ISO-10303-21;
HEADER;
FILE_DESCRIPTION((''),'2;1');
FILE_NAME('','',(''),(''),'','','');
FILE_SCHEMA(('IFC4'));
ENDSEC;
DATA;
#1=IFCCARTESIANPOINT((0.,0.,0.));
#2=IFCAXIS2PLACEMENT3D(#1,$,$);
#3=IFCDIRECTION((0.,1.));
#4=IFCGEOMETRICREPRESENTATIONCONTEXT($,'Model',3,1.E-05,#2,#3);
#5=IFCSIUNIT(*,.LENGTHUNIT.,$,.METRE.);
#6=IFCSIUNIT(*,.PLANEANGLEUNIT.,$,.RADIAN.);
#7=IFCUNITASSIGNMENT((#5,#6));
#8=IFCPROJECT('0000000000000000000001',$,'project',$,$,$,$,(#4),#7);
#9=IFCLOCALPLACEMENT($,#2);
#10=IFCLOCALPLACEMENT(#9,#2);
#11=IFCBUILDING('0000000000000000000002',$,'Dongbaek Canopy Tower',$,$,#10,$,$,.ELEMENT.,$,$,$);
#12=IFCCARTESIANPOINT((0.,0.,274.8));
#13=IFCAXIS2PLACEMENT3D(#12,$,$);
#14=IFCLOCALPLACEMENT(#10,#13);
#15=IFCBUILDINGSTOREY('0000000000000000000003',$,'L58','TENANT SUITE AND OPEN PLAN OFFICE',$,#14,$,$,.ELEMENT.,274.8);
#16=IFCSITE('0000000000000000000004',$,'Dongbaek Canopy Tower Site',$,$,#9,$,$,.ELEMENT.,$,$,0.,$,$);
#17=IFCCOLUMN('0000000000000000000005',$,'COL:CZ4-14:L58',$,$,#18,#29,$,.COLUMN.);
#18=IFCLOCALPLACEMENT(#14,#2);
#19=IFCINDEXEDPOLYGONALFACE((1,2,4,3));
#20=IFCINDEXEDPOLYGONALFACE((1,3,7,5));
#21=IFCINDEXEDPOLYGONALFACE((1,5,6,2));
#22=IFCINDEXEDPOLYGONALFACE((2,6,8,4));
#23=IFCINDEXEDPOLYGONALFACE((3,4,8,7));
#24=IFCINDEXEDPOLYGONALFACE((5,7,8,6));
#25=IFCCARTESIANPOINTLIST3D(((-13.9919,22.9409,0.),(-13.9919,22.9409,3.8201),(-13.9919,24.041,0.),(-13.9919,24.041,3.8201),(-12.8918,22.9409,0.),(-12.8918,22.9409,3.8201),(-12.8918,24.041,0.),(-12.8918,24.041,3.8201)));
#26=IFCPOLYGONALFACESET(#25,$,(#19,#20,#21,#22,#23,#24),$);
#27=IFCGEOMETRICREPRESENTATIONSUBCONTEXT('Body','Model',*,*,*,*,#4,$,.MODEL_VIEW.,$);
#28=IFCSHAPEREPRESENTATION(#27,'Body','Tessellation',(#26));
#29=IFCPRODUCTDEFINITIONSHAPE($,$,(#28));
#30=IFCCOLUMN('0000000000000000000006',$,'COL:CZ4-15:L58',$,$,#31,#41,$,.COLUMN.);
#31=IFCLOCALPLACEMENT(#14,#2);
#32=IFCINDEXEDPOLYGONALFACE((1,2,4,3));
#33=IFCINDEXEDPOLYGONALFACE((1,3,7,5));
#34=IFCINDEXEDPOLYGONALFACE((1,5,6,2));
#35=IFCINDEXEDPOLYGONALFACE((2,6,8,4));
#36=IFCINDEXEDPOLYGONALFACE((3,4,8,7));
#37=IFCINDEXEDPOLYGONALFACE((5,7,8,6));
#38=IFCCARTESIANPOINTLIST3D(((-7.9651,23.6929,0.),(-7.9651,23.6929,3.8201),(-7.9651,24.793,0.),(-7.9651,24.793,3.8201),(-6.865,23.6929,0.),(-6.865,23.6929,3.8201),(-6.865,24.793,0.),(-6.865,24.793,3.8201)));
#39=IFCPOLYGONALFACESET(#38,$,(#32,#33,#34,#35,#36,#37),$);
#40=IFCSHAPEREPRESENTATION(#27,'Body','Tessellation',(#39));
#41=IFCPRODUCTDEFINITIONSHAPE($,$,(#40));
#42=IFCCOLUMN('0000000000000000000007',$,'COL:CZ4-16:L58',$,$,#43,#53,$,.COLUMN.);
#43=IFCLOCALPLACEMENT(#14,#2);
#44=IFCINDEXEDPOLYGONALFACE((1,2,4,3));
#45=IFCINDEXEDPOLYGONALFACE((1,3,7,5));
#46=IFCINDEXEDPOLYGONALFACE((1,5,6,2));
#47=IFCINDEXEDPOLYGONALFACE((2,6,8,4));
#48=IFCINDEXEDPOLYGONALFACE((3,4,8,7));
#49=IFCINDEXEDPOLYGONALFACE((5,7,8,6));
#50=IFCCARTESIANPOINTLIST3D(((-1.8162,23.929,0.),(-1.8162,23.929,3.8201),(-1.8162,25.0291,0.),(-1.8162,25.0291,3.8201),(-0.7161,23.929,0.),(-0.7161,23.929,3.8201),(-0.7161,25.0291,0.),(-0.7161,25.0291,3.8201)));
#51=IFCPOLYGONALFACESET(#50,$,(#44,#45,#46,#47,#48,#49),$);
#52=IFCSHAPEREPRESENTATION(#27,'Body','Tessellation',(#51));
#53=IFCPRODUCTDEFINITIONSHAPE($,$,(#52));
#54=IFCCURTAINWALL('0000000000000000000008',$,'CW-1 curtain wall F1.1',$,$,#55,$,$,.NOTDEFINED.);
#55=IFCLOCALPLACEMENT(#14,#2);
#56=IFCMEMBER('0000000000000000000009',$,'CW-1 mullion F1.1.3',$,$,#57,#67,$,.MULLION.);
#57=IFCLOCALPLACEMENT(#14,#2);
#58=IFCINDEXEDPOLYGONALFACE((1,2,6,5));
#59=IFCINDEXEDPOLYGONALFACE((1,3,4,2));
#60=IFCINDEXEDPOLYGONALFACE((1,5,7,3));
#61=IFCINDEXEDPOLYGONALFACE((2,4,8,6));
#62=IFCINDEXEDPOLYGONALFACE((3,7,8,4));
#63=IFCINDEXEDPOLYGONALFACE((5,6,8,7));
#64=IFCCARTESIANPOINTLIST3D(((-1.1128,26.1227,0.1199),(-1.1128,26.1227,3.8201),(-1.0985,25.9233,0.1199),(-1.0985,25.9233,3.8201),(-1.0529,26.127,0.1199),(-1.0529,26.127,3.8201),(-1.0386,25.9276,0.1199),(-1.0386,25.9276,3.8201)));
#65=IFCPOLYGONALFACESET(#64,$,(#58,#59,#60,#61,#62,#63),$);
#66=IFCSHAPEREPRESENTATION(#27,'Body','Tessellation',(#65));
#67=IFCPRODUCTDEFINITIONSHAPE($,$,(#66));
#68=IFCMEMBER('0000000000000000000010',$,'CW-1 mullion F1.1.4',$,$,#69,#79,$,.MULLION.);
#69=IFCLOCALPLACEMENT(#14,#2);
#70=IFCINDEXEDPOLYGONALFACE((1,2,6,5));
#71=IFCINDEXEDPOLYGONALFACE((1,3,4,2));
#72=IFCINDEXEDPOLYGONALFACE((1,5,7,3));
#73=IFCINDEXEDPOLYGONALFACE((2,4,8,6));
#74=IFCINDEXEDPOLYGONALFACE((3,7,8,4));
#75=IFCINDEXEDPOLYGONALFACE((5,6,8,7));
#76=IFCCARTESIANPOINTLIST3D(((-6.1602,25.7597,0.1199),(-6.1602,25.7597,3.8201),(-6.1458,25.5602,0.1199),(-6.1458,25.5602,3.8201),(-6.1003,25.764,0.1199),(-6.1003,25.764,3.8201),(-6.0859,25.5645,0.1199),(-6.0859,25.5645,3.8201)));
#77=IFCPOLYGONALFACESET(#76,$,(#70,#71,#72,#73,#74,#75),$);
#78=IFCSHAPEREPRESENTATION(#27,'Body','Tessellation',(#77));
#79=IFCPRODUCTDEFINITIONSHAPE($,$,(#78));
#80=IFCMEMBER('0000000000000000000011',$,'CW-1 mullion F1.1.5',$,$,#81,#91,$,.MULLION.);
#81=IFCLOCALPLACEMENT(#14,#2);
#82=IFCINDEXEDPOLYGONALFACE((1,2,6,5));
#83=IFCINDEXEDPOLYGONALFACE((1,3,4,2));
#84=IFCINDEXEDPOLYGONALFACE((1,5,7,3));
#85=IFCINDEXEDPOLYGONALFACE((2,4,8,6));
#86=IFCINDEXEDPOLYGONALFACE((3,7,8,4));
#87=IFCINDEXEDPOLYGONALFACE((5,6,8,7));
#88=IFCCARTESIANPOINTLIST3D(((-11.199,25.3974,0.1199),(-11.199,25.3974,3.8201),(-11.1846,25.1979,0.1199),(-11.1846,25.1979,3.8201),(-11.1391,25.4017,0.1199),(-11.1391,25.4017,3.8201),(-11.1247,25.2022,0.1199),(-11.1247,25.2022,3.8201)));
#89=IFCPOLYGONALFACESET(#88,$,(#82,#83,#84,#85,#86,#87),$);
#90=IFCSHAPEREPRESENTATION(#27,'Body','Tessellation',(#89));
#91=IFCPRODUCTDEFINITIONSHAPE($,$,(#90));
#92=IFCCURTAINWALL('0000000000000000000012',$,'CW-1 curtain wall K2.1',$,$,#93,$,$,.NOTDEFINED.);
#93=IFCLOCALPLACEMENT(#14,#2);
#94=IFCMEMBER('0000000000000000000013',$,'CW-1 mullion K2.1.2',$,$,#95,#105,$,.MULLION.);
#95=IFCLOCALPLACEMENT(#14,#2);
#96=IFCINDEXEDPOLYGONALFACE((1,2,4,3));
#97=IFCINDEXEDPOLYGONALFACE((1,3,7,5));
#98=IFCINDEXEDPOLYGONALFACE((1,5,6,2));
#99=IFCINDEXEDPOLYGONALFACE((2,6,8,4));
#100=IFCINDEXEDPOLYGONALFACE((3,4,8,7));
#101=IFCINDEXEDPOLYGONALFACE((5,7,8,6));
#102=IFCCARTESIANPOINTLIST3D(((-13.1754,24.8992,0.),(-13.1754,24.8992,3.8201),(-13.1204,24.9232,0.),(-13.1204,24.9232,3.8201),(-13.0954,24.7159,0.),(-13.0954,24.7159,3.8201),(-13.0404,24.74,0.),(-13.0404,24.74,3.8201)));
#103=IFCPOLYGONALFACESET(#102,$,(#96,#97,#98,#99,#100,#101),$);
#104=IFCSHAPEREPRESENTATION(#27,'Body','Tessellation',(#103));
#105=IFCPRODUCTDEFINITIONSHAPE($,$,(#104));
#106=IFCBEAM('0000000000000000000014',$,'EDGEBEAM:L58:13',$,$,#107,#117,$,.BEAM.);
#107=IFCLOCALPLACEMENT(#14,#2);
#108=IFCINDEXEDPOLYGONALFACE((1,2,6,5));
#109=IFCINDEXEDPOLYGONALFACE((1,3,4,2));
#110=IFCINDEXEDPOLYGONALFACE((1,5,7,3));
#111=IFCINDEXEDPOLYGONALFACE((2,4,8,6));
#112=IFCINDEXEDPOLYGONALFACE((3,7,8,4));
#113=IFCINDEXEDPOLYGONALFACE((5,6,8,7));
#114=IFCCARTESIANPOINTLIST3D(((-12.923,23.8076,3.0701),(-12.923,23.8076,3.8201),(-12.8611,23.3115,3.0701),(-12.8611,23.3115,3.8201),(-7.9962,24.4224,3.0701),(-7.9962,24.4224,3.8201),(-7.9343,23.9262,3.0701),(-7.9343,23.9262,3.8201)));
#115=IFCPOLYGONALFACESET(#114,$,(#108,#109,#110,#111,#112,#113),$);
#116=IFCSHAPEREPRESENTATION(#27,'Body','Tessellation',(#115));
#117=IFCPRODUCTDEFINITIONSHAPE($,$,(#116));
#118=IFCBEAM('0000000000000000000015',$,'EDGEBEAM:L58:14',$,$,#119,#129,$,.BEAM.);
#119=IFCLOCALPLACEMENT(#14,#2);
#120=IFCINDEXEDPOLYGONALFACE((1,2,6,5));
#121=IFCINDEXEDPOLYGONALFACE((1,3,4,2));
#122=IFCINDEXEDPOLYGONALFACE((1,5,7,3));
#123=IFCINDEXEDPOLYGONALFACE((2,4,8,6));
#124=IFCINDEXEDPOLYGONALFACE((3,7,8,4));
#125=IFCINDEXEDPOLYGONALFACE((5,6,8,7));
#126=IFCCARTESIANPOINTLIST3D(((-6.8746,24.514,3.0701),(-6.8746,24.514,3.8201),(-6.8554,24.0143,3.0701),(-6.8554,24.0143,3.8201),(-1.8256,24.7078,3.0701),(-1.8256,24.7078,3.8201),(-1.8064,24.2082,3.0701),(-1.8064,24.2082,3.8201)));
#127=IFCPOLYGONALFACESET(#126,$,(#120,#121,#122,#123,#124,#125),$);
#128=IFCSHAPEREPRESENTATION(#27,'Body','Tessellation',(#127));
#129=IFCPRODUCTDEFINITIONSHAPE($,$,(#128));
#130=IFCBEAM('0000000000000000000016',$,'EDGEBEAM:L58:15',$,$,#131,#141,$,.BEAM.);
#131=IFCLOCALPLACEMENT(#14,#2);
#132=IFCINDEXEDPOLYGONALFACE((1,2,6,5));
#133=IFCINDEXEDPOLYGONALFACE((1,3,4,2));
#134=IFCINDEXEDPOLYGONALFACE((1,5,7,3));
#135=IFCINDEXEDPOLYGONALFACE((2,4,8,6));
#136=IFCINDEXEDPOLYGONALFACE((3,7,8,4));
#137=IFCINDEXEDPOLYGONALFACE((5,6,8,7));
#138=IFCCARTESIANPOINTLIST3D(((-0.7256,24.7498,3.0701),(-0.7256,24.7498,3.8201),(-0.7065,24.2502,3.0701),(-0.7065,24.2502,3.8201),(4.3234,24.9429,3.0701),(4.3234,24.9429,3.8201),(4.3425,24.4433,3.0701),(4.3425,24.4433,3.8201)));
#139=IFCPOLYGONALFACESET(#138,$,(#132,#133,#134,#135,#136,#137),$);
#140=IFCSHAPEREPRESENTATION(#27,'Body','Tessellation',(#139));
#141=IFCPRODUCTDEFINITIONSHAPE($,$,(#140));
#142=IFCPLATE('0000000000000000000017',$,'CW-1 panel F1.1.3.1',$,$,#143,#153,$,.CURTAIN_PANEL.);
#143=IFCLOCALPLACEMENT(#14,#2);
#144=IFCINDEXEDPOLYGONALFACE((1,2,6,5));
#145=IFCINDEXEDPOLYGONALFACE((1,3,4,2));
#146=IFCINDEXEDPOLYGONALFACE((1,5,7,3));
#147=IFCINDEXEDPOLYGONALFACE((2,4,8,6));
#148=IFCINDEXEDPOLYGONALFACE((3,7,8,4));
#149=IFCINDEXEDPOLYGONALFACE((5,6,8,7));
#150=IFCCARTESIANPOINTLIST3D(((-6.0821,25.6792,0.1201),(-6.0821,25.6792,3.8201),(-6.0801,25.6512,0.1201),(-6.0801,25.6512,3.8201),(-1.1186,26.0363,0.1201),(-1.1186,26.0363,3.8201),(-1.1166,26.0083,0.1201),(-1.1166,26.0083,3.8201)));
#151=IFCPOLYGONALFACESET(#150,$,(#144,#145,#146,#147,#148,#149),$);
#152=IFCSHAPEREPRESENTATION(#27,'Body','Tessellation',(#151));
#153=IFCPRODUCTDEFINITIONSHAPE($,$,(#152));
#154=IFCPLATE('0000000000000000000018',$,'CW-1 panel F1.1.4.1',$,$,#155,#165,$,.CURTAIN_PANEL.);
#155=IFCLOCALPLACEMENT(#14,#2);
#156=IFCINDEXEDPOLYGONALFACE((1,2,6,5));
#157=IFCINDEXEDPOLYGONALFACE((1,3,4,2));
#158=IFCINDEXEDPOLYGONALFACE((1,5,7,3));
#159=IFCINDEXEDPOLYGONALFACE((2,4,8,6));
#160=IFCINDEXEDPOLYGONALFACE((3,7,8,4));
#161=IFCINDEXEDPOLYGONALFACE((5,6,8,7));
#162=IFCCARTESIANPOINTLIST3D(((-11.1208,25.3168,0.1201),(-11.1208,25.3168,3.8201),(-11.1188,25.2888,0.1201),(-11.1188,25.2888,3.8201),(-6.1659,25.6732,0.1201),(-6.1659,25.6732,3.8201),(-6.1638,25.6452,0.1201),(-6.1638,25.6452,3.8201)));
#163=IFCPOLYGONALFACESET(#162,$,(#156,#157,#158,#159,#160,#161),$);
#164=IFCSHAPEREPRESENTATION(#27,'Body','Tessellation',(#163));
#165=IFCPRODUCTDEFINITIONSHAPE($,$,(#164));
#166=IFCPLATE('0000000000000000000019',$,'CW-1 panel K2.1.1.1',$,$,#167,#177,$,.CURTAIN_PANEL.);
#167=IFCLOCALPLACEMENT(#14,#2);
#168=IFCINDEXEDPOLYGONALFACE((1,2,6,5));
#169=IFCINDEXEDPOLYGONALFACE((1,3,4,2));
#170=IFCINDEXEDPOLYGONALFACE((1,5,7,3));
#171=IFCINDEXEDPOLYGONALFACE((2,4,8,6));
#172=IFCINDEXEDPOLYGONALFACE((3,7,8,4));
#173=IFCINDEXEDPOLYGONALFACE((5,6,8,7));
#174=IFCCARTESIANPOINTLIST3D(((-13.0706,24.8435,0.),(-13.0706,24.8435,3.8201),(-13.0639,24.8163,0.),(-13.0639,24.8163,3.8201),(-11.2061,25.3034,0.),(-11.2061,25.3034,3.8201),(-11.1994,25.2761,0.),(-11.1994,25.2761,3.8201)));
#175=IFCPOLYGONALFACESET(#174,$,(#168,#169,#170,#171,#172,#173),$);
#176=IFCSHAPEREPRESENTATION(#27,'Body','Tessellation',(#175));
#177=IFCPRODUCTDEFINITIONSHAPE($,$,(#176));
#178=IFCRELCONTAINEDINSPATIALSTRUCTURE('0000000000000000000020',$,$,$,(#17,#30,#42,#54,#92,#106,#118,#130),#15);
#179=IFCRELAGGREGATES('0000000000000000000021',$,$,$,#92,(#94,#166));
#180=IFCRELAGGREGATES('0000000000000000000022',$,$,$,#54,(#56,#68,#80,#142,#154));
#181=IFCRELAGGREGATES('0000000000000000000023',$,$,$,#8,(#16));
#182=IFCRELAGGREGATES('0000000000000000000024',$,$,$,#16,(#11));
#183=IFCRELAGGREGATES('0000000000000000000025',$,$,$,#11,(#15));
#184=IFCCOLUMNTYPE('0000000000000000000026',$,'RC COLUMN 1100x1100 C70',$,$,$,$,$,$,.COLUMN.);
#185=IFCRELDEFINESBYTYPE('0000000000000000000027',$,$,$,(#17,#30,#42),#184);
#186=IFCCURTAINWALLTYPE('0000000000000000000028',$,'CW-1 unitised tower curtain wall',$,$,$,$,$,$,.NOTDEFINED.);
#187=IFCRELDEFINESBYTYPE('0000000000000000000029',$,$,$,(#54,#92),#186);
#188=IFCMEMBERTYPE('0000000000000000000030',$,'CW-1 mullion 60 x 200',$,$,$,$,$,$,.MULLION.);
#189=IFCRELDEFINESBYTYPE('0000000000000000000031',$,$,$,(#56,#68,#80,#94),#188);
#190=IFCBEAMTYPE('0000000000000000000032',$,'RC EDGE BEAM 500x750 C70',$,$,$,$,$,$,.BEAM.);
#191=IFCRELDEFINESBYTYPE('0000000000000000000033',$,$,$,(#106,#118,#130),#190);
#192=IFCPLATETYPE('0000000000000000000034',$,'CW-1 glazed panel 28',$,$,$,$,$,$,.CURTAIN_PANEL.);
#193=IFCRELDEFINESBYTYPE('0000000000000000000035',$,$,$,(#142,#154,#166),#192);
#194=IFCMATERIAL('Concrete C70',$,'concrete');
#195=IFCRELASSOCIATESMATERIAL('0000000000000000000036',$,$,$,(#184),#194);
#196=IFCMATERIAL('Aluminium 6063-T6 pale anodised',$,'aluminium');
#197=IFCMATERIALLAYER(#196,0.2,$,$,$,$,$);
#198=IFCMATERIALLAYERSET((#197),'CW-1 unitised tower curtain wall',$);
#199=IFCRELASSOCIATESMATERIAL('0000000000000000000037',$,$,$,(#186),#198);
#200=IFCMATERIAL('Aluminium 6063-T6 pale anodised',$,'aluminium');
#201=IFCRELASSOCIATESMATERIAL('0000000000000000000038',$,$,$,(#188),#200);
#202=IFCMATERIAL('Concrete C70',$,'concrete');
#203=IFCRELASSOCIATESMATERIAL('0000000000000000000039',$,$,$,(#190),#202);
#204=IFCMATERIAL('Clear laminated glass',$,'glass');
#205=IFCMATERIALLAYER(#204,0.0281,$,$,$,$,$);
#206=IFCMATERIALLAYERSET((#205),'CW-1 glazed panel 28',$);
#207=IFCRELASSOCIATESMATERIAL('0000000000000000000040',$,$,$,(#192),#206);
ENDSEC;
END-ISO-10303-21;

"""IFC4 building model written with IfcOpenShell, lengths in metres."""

from ifc_helpers import new_model, si_unit, direction, frame, origin, origin_2d, place, context, subcontext, project, spatial, rectangle, extrude, material, layer, layer_set, material_profile, profile_set, type_object, element, aggregate, save


model = new_model("IFC4")

# Units and contexts
model_context = context("Model", 3, precision=1e-05, world=origin(), true_north=direction((0.0, 1.0)))
body_context = subcontext(model_context, "Body", "Model", "MODEL_VIEW")
ifc_project = project(units=[si_unit("LENGTHUNIT", "METRE"), si_unit("PLANEANGLEUNIT", "RADIAN")], contexts=[model_context])

# Site, building, storey
site_placement = place(None, origin())
site = spatial("IfcSite", under=ifc_project, at=site_placement, Name="Dongbaek Canopy Tower Site", CompositionType="ELEMENT", RefElevation=0.0)
building_placement = place(site_placement, origin())
building = spatial("IfcBuilding", under=site, at=building_placement, Name="Dongbaek Canopy Tower", CompositionType="ELEMENT")
storey_placement = place(building_placement, frame((0.0, 0.0, 274.8)))
storey = spatial("IfcBuildingStorey", under=building, at=storey_placement, Name="L58", Description="TENANT SUITE AND OPEN PLAN OFFICE", CompositionType="ELEMENT", Elevation=274.8)

# Columns
ifc_material_1 = material(Name="Concrete C70", Category="concrete")
ifc_material_profile_1 = material_profile(ifc_material_1, rectangle(XDim=1.1001, YDim=1.1001, at=origin_2d()), Name="RC COLUMN 1100x1100 C70")
ifc_profile_set_1 = profile_set([ifc_material_profile_1], Name="Concrete C70")
column_type = type_object("IfcColumnType", Name="RC COLUMN 1100x1100 C70", PredefinedType="COLUMN", material=ifc_profile_set_1)
for number, where, z_axis, x_axis, name in (
    (1, (-13.4419, 23.491, 0.0), (0.0, 0.0, 1.0), (1.0, 0.0, 0.0), "COL:CZ4-14:L58"),
    (2, (-7.415, 24.2429, 0.0), (0.0, 0.0, 1.0), (1.0, 0.0, 0.0), "COL:CZ4-15:L58"),
    (3, (-1.2661, 24.479, 0.0), (0.0, 0.0, 1.0), (1.0, 0.0, 0.0), "COL:CZ4-16:L58"),
):
    element("IfcColumn", number, at=place(storey_placement, frame(where, z_axis=z_axis, x_axis=x_axis)), inside=storey, type_object=column_type, Name=name, PredefinedType="COLUMN", context=body_context, shape_type="SweptSolid", body=[
        extrude(rectangle(XDim=1.1001, YDim=1.1001, at=origin_2d()), origin(), (0.0, 0.0, 1.0), 3.8201),
    ])

# Curtain wall, members
ifc_material_2 = material(Name="Aluminium 6063-T6 pale anodised", Category="aluminium")
ifc_layer_1 = layer(ifc_material_2, 0.2)
ifc_layer_set_1 = layer_set([ifc_layer_1], Name="CW-1 unitised tower curtain wall")
curtain_wall_type = type_object("IfcCurtainWallType", Name="CW-1 unitised tower curtain wall", PredefinedType="NOTDEFINED", material=ifc_layer_set_1)
curtain_wall_1_placement = place(storey_placement, origin())
curtain_wall_1 = element("IfcCurtainWall", 4, at=curtain_wall_1_placement, inside=storey, type_object=curtain_wall_type, Name="CW-1 curtain wall F1.1", PredefinedType="NOTDEFINED")
ifc_material_3 = material(Name="Aluminium 6063-T6 pale anodised", Category="aluminium")
ifc_material_profile_2 = material_profile(ifc_material_3, rectangle(XDim=0.2, YDim=0.0601, at=origin_2d()), Name="CW-1 mullion 60 x 200")
ifc_profile_set_2 = profile_set([ifc_material_profile_2], Name="Aluminium 6063-T6 pale anodised")
member_type = type_object("IfcMemberType", Name="CW-1 mullion 60 x 200", PredefinedType="MULLION", material=ifc_profile_set_2)
member_1_placement = place(storey_placement, frame((-1.0757, 26.0251, 0.1199), z_axis=(0.0, 0.0, 1.0), x_axis=(-0.071744, 0.997423, 0.0)))
member_1 = element("IfcMember", 5, at=member_1_placement, type_object=member_type, Name="CW-1 mullion F1.1.3", PredefinedType="MULLION", context=body_context, shape_type="SweptSolid", body=[
    extrude(rectangle(XDim=0.2, YDim=0.0601, at=origin_2d()), origin(), (0.0, 0.0, 1.0), 3.7002),
])
member_2_placement = place(storey_placement, frame((-6.123, 25.6621, 0.1199), z_axis=(0.0, 0.0, 1.0), x_axis=(-0.071744, 0.997423, 0.0)))
member_2 = element("IfcMember", 6, at=member_2_placement, type_object=member_type, Name="CW-1 mullion F1.1.4", PredefinedType="MULLION", context=body_context, shape_type="SweptSolid", body=[
    extrude(rectangle(XDim=0.2, YDim=0.0601, at=origin_2d()), origin(), (0.0, 0.0, 1.0), 3.7002),
])
member_3_placement = place(storey_placement, frame((-11.1619, 25.2998, 0.1199), z_axis=(0.0, 0.0, 1.0), x_axis=(-0.071744, 0.997423, 0.0)))
member_3 = element("IfcMember", 7, at=member_3_placement, type_object=member_type, Name="CW-1 mullion F1.1.5", PredefinedType="MULLION", context=body_context, shape_type="SweptSolid", body=[
    extrude(rectangle(XDim=0.2, YDim=0.0601, at=origin_2d()), origin(), (0.0, 0.0, 1.0), 3.7002),
])

# Curtain wall, member
curtain_wall_2_placement = place(storey_placement, origin())
curtain_wall_2 = element("IfcCurtainWall", 8, at=curtain_wall_2_placement, inside=storey, type_object=curtain_wall_type, Name="CW-1 curtain wall K2.1", PredefinedType="NOTDEFINED")
member_4_placement = place(storey_placement, frame((-13.1079, 24.8196, 0.0), z_axis=(0.0, 0.0, 1.0), x_axis=(-0.400266, 0.916399, 0.0)))
member_4 = element("IfcMember", 9, at=member_4_placement, type_object=member_type, Name="CW-1 mullion K2.1.2", PredefinedType="MULLION", context=body_context, shape_type="SweptSolid", body=[
    extrude(rectangle(XDim=0.2, YDim=0.0601, at=origin_2d()), origin(), (0.0, 0.0, 1.0), 3.8201),
])

# Beams
ifc_material_4 = material(Name="Concrete C70", Category="concrete")
ifc_material_profile_3 = material_profile(ifc_material_4, rectangle(XDim=0.5, YDim=0.75, at=origin_2d()), Name="RC EDGE BEAM 500x750 C70")
ifc_profile_set_3 = profile_set([ifc_material_profile_3], Name="Concrete C70")
beam_type = type_object("IfcBeamType", Name="RC EDGE BEAM 500x750 C70", PredefinedType="BEAM", material=ifc_profile_set_3)
beam_placement = place(storey_placement, frame((-12.8921, 23.5596, 3.4451), z_axis=(0.992306, 0.123811, 0.0), x_axis=(-0.123811, 0.992306, 0.0)))
element("IfcBeam", 10, at=beam_placement, inside=storey, type_object=beam_type, Name="EDGEBEAM:L58:13", PredefinedType="BEAM", context=body_context, shape_type="SweptSolid", body=[
    extrude(rectangle(XDim=0.5, YDim=0.75, at=origin_2d()), origin(), (0.0, 0.0, 1.0), 4.9651),
])
for number, where, z_axis, x_axis, name in (
    (11, (-6.865, 24.2642, 3.4451), (0.999264, 0.038364, 0.0), (-0.038364, 0.999264, 0.0), "EDGEBEAM:L58:14"),
    (12, (-0.7161, 24.5, 3.4451), (0.999269, 0.03822, 0.0), (-0.03822, 0.999269, 0.0), "EDGEBEAM:L58:15"),
):
    element("IfcBeam", number, at=place(storey_placement, frame(where, z_axis=z_axis, x_axis=x_axis)), inside=storey, type_object=beam_type, Name=name, PredefinedType="BEAM", context=body_context, shape_type="SweptSolid", body=[
        extrude(rectangle(XDim=0.5, YDim=0.75, at=origin_2d()), origin(), (0.0, 0.0, 1.0), 5.0527),
    ])

# Plates
ifc_material_5 = material(Name="Clear laminated glass", Category="glass")
ifc_layer_2 = layer(ifc_material_5, 0.0281)
ifc_layer_set_2 = layer_set([ifc_layer_2], Name="CW-1 glazed panel 28")
plate_type = type_object("IfcPlateType", Name="CW-1 glazed panel 28", PredefinedType="CURTAIN_PANEL", material=ifc_layer_set_2)
plate_1_placement = place(storey_placement, frame((-3.5994, 25.8438, 0.1201), z_axis=(0.0, 0.0, 1.0), x_axis=(-0.997423, -0.071744, 0.0)))
plate_1 = element("IfcPlate", 13, at=plate_1_placement, type_object=plate_type, Name="CW-1 panel F1.1.3.1", PredefinedType="CURTAIN_PANEL", context=body_context, shape_type="SweptSolid", body=[
    extrude(rectangle(XDim=4.9763, YDim=0.0281, at=origin_2d()), origin(), (0.0, 0.0, 1.0), 3.7),
])
plate_2_placement = place(storey_placement, frame((-8.6423, 25.481, 0.1201), z_axis=(0.0, 0.0, 1.0), x_axis=(-0.997423, -0.071744, 0.0)))
plate_2 = element("IfcPlate", 14, at=plate_2_placement, type_object=plate_type, Name="CW-1 panel F1.1.4.1", PredefinedType="CURTAIN_PANEL", context=body_context, shape_type="SweptSolid", body=[
    extrude(rectangle(XDim=4.9678, YDim=0.0281, at=origin_2d()), origin(), (0.0, 0.0, 1.0), 3.7),
])
plate_3_placement = place(storey_placement, frame((-12.135, 25.0598, 0.0), z_axis=(0.0, 0.0, 1.0), x_axis=(-0.970907, -0.239457, 0.0)))
plate_3 = element("IfcPlate", 15, at=plate_3_placement, type_object=plate_type, Name="CW-1 panel K2.1.1.1", PredefinedType="CURTAIN_PANEL", context=body_context, shape_type="SweptSolid", body=[
    extrude(rectangle(XDim=1.9204, YDim=0.0281, at=origin_2d()), origin(), (0.0, 0.0, 1.0), 3.8201),
])
aggregate(curtain_wall_2, [member_4, plate_3])

aggregate(curtain_wall_1, [member_1, member_2, member_3, plate_1, plate_2])

save(model, "model.ifc")
